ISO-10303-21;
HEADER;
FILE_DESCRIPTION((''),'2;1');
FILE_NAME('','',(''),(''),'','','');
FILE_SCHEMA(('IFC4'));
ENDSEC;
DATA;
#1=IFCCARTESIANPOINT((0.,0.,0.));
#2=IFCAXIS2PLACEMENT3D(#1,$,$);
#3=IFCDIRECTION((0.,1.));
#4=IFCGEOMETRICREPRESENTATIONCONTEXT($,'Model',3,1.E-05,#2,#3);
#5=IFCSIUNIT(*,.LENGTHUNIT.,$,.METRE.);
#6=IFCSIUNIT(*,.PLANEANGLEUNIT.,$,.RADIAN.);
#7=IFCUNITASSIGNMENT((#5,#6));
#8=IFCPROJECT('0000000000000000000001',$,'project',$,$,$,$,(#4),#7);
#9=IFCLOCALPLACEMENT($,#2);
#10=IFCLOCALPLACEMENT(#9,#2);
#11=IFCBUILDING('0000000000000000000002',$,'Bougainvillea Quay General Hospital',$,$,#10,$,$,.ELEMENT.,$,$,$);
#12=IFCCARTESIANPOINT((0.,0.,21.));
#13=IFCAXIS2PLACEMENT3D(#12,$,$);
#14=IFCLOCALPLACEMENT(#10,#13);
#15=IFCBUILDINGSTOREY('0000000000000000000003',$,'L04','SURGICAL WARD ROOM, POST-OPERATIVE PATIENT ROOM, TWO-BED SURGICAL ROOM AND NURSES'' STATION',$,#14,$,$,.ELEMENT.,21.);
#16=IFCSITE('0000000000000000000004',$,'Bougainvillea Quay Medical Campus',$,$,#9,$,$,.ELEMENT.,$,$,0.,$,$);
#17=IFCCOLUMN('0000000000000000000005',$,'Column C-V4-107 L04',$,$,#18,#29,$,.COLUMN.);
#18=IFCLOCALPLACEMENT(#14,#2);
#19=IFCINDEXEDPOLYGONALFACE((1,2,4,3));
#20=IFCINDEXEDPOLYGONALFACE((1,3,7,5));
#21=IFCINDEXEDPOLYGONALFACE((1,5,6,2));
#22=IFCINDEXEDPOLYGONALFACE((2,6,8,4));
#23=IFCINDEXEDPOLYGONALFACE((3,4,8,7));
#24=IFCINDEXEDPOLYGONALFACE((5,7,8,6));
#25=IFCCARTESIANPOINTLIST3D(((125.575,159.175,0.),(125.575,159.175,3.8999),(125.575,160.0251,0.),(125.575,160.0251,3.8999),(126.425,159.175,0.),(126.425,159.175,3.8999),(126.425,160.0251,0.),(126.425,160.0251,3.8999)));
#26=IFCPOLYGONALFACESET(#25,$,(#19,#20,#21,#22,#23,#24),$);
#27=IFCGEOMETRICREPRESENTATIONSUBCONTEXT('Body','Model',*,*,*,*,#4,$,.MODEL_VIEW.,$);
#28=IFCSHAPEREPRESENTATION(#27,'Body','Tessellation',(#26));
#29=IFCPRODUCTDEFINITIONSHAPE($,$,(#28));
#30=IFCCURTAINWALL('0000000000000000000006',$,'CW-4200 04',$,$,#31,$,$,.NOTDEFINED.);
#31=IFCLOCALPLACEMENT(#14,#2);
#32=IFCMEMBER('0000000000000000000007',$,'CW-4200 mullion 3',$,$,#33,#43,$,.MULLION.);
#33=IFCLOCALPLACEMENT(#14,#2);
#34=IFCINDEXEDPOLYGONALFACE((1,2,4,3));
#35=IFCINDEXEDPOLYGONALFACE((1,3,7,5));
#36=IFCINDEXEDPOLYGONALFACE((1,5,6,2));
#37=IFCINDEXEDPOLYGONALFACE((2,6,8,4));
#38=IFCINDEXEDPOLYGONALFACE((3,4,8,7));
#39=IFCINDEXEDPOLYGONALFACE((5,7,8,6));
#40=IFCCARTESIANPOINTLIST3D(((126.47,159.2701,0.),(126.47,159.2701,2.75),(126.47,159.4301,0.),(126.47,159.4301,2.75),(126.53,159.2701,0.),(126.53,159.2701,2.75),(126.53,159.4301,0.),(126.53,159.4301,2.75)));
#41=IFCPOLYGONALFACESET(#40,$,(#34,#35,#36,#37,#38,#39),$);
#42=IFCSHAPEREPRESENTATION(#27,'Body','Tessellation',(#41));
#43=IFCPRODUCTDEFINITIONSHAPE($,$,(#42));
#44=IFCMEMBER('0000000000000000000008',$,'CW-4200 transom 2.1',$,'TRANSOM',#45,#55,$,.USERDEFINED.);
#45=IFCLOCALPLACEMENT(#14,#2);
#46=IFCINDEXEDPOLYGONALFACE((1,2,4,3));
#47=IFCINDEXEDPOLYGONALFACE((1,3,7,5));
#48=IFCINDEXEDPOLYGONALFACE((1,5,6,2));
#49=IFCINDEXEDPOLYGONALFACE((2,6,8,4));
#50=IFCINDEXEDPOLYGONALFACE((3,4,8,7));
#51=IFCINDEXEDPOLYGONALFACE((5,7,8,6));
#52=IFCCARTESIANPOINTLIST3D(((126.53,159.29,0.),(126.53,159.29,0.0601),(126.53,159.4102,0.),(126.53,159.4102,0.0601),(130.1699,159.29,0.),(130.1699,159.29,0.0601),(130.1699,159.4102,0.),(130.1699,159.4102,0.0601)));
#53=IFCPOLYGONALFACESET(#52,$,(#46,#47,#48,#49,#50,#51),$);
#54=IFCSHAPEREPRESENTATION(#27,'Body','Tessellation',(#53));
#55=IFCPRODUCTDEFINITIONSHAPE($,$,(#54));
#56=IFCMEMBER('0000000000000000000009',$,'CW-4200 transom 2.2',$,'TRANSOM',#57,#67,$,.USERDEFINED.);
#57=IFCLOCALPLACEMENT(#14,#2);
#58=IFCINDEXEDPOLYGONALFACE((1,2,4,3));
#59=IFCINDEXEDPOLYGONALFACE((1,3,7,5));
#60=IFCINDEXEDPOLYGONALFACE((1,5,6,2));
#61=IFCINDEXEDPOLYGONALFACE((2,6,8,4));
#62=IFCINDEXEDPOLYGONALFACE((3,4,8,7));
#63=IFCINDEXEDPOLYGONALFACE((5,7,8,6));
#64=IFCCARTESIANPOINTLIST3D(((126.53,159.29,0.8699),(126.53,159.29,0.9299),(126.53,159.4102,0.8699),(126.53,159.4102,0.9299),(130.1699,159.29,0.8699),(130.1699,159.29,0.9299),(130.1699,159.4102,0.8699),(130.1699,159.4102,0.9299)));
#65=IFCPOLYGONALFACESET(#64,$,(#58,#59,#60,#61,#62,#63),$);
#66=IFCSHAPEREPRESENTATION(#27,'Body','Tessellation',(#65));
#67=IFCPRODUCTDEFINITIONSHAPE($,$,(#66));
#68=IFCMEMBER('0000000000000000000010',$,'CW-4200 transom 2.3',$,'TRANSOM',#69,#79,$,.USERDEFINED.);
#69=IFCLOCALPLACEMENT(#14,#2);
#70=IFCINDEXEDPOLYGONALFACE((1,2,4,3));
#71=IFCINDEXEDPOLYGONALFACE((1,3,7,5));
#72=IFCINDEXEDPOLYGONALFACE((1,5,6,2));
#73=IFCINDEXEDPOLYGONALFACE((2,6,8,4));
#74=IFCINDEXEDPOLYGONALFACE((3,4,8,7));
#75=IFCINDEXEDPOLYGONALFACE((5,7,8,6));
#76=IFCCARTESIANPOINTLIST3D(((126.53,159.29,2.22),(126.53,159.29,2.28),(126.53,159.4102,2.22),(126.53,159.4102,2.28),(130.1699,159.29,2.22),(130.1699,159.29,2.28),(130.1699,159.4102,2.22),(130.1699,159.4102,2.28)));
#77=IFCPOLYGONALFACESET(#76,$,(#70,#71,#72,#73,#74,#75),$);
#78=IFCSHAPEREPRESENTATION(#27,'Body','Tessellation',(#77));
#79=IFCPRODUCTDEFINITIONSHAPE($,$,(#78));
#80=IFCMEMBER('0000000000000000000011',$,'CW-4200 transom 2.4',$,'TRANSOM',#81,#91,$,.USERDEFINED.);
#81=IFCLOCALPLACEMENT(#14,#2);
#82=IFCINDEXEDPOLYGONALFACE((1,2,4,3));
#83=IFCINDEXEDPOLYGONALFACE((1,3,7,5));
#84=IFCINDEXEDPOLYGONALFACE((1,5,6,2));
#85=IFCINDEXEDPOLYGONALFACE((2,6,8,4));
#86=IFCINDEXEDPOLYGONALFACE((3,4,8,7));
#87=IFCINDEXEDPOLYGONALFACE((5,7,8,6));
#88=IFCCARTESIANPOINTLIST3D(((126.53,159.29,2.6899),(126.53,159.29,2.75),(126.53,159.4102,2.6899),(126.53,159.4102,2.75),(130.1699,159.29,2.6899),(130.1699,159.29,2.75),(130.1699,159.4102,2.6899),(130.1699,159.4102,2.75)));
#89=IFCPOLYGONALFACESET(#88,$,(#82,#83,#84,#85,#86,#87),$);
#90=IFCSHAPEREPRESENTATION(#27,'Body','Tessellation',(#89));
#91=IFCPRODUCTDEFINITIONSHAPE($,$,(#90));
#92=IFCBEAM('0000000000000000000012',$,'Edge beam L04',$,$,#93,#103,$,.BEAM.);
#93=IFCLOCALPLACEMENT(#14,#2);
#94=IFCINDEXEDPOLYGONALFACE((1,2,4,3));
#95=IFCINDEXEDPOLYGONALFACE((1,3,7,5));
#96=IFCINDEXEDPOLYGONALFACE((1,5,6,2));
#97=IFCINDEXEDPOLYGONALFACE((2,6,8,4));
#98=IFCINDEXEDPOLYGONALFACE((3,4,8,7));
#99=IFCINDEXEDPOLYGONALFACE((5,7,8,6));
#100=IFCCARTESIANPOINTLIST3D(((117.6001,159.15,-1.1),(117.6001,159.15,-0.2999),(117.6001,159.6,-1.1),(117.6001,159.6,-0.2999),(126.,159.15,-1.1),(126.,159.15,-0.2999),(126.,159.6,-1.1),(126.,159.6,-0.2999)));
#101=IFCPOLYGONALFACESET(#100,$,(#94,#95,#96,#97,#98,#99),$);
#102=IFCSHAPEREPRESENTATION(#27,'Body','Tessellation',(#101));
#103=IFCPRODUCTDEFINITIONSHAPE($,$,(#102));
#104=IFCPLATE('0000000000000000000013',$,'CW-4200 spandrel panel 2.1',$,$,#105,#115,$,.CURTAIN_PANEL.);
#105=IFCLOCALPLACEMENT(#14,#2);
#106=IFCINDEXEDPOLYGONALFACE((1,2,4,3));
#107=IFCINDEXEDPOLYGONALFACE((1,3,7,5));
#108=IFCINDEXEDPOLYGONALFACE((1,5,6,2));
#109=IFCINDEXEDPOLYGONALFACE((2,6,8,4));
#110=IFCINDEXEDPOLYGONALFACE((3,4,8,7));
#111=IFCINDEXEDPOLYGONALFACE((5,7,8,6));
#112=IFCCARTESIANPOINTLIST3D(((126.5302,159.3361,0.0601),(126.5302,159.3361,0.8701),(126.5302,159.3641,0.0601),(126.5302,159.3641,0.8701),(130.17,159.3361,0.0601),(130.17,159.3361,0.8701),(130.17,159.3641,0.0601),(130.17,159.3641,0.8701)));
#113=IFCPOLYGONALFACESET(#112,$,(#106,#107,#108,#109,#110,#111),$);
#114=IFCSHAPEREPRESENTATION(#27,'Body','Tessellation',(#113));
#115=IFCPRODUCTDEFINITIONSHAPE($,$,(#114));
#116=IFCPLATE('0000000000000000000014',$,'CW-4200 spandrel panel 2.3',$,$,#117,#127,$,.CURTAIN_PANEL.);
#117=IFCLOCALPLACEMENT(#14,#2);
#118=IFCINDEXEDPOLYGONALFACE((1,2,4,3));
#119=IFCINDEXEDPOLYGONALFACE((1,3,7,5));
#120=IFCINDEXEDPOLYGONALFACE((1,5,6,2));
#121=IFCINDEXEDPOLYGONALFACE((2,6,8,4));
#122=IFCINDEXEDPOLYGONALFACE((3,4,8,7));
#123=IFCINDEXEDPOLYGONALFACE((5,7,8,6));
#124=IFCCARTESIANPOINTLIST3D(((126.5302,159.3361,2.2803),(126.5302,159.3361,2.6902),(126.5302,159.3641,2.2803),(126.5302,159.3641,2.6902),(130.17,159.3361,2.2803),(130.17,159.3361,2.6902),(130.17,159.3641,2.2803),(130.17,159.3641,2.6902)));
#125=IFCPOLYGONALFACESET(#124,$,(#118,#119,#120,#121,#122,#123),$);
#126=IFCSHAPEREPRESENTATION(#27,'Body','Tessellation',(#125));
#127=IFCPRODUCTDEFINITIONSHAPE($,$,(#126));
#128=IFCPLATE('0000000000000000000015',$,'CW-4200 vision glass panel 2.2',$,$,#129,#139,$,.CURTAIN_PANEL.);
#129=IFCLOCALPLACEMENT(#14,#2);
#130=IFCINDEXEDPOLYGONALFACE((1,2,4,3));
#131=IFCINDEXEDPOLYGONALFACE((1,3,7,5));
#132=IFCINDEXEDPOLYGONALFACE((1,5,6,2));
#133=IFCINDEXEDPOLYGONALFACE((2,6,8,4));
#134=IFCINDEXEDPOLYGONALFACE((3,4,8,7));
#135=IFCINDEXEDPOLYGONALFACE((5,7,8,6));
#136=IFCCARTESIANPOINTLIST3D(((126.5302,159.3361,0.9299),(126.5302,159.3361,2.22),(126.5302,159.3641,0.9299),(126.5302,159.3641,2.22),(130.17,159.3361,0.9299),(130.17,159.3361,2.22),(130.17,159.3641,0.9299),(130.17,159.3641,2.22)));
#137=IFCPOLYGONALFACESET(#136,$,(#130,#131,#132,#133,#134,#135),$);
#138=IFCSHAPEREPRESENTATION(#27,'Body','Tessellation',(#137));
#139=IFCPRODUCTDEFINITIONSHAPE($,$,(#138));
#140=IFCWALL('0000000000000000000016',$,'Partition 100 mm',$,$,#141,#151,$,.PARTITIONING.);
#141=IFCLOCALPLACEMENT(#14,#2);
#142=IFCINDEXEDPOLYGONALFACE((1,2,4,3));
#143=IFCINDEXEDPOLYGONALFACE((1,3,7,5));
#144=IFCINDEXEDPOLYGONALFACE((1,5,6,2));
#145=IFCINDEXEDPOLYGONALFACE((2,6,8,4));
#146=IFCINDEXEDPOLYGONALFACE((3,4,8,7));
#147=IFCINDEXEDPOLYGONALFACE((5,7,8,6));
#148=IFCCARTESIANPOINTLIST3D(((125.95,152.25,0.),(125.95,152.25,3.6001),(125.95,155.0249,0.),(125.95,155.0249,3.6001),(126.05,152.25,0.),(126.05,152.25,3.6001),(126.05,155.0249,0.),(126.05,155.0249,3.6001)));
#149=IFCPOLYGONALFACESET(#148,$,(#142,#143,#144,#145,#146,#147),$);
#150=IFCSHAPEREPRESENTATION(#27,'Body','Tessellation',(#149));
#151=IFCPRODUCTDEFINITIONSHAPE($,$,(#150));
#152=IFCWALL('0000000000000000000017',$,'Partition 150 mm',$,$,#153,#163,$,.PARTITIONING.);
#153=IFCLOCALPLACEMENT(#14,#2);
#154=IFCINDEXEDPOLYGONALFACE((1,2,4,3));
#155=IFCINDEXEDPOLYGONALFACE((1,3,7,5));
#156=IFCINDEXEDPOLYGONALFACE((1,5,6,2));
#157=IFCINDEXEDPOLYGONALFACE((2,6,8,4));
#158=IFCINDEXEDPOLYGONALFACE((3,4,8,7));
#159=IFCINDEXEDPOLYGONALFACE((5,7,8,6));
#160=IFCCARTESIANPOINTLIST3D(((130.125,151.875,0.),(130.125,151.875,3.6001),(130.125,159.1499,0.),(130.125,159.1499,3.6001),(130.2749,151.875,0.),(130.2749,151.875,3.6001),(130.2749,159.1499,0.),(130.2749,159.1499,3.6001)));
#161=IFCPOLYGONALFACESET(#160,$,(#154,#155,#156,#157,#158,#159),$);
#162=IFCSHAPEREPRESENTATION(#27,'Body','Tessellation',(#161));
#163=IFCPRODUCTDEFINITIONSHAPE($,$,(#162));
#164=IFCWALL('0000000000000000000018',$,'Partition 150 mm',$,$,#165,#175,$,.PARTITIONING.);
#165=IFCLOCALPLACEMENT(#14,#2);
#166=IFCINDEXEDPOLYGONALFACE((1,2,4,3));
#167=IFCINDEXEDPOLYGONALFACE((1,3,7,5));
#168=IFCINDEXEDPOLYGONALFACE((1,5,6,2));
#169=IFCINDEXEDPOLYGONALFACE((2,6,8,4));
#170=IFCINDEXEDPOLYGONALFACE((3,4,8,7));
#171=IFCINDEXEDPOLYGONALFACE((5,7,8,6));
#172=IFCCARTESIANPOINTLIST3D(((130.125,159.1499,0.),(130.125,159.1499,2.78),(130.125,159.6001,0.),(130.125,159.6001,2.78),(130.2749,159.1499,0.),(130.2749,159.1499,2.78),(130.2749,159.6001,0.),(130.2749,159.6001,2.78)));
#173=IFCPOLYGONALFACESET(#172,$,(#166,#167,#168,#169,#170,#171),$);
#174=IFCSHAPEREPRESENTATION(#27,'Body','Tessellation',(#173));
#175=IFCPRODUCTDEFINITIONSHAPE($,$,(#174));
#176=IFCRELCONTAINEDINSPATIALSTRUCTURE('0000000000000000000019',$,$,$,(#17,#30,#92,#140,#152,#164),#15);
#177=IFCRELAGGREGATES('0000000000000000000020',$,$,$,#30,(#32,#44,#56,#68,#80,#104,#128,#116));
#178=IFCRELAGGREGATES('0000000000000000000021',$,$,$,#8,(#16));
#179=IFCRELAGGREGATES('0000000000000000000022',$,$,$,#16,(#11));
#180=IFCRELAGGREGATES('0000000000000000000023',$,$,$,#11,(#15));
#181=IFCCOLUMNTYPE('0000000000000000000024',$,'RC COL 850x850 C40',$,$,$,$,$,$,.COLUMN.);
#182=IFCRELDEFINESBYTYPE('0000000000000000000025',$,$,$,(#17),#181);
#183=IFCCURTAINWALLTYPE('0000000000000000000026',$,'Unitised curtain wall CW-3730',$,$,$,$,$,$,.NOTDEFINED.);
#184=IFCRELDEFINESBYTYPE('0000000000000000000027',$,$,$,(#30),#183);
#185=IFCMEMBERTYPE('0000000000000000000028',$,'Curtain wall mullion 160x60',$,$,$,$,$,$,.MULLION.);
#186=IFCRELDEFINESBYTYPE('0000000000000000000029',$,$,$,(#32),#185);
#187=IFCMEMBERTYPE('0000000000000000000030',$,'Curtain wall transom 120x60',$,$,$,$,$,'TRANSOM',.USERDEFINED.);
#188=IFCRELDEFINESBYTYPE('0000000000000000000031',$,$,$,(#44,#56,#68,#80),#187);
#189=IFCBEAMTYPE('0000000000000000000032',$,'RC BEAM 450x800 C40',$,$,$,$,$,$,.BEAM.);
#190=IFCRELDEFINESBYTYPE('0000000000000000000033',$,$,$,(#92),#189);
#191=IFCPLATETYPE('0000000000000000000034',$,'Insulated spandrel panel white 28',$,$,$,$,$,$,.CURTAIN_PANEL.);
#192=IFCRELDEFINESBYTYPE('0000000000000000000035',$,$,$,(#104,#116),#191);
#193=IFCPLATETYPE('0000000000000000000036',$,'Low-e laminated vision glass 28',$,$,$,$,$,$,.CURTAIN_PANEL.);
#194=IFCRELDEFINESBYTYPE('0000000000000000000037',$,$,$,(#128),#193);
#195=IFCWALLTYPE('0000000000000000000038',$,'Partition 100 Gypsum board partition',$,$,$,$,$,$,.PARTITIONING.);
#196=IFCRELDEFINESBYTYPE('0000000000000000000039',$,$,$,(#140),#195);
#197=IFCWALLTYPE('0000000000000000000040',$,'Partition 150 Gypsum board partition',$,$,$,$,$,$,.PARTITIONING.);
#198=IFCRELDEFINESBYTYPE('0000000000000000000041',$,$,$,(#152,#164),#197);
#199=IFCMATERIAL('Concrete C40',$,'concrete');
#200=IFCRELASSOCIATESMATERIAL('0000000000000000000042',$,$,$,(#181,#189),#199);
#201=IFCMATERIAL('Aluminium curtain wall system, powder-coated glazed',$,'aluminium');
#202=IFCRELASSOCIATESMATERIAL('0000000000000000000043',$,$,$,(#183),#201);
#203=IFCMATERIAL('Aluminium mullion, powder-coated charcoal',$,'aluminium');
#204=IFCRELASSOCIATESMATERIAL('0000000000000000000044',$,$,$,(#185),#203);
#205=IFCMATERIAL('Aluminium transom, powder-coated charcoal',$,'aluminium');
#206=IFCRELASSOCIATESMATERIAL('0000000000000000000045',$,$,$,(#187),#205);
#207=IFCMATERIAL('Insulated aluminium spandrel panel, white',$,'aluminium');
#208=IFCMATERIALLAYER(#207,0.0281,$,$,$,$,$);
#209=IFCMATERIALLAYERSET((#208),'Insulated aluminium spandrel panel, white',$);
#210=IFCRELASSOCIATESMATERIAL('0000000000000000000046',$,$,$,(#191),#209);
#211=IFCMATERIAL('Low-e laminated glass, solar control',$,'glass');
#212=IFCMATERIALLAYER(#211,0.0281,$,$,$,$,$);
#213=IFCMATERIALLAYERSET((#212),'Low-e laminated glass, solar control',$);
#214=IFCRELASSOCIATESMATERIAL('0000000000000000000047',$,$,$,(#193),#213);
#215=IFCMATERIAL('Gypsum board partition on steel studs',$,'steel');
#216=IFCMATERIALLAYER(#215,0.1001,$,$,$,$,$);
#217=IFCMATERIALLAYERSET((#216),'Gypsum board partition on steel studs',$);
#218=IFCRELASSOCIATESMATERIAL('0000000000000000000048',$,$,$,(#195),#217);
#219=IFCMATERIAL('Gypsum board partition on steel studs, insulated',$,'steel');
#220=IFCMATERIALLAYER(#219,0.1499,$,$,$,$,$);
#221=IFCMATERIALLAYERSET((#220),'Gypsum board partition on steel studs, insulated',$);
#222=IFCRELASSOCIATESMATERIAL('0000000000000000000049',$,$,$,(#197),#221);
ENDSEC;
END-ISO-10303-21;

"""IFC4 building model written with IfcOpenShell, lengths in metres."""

from ifc_helpers import new_model, si_unit, direction, frame, frame_2d, origin, origin_2d, place, context, subcontext, project, spatial, rectangle, extrude, material, layer, layer_set, material_profile, profile_set, type_object, element, aggregate, save


model = new_model("IFC4")

# Units and contexts
model_context = context("Model", 3, precision=1e-05, world=origin(), true_north=direction((0.0, 1.0)))
body_context = subcontext(model_context, "Body", "Model", "MODEL_VIEW")
ifc_project = project(units=[si_unit("LENGTHUNIT", "METRE"), si_unit("PLANEANGLEUNIT", "RADIAN")], contexts=[model_context])

# Site, building, storey
site_placement = place(None, origin())
site = spatial("IfcSite", under=ifc_project, at=site_placement, Name="Bougainvillea Quay Medical Campus", CompositionType="ELEMENT", RefElevation=0.0)
building_placement = place(site_placement, origin())
building = spatial("IfcBuilding", under=site, at=building_placement, Name="Bougainvillea Quay General Hospital", CompositionType="ELEMENT")
storey_placement = place(building_placement, frame((0.0, 0.0, 21.0)))
storey = spatial("IfcBuildingStorey", under=building, at=storey_placement, Name="L04", Description="SURGICAL WARD ROOM, POST-OPERATIVE PATIENT ROOM, TWO-BED SURGICAL ROOM AND NURSES' STATION", CompositionType="ELEMENT", Elevation=21.0)

# Column
ifc_material_1 = material(Name="Concrete C40", Category="concrete")
ifc_material_profile_1 = material_profile(ifc_material_1, rectangle(XDim=0.8501, YDim=0.8501, at=origin_2d()))
ifc_profile_set_1 = profile_set([ifc_material_profile_1], Name="Concrete C40")
column_type = type_object("IfcColumnType", Name="RC COL 850x850 C40", PredefinedType="COLUMN", material=ifc_profile_set_1)
column_placement = place(storey_placement, frame((126.0, 159.6001, 0.0), z_axis=(0.0, 0.0, 1.0), x_axis=(1.0, 0.0, 0.0)))
element("IfcColumn", 1, at=column_placement, inside=storey, type_object=column_type, Name="Column C-V4-107 L04", PredefinedType="COLUMN", context=body_context, shape_type="SweptSolid", body=[
    extrude(rectangle(XDim=0.8501, YDim=0.8501, at=origin_2d()), origin(), (0.0, 0.0, 1.0), 3.8999),
])

# Curtain wall, members
ifc_material_2 = material(Name="Aluminium curtain wall system, powder-coated glazed", Category="aluminium")
curtain_wall_type = type_object("IfcCurtainWallType", Name="Unitised curtain wall CW-3730", PredefinedType="NOTDEFINED", material=ifc_material_2)
curtain_wall_placement = place(storey_placement, origin())
curtain_wall = element("IfcCurtainWall", 2, at=curtain_wall_placement, inside=storey, type_object=curtain_wall_type, Name="CW-4200 04", PredefinedType="NOTDEFINED")
ifc_material_3 = material(Name="Aluminium mullion, powder-coated charcoal", Category="aluminium")
ifc_material_profile_2 = material_profile(ifc_material_3, rectangle(XDim=0.1599, YDim=0.0601, at=origin_2d()))
ifc_profile_set_2 = profile_set([ifc_material_profile_2], Name="Aluminium mullion, powder-coated charcoal")
member_type_1 = type_object("IfcMemberType", Name="Curtain wall mullion 160x60", PredefinedType="MULLION", material=ifc_profile_set_2)
member_1_placement = place(storey_placement, frame((126.5, 159.3501, 0.0), z_axis=(0.0, 0.0, 1.0), x_axis=(0.0, -1.0, 0.0)))
member_1 = element("IfcMember", 3, at=member_1_placement, type_object=member_type_1, Name="CW-4200 mullion 3", PredefinedType="MULLION", context=body_context, shape_type="SweptSolid", body=[
    extrude(rectangle(XDim=0.1599, YDim=0.0601, at=origin_2d()), origin(), (0.0, 0.0, 1.0), 2.75),
])
ifc_material_4 = material(Name="Aluminium transom, powder-coated charcoal", Category="aluminium")
ifc_material_profile_3 = material_profile(ifc_material_4, rectangle(XDim=0.1201, YDim=0.0601, at=origin_2d()))
ifc_profile_set_3 = profile_set([ifc_material_profile_3], Name="Aluminium transom, powder-coated charcoal")
member_type_2 = type_object("IfcMemberType", Name="Curtain wall transom 120x60", ElementType="TRANSOM", PredefinedType="USERDEFINED", material=ifc_profile_set_3)
member_2_placement = place(storey_placement, frame((130.1699, 159.3501, 0.03), z_axis=(-1.0, 0.0, 0.0), x_axis=(0.0, -1.0, 0.0)))
member_2 = element("IfcMember", 4, at=member_2_placement, type_object=member_type_2, Name="CW-4200 transom 2.1", ObjectType="TRANSOM", PredefinedType="USERDEFINED", context=body_context, shape_type="SweptSolid", body=[
    extrude(rectangle(XDim=0.1201, YDim=0.0601, at=origin_2d()), origin(), (0.0, 0.0, 1.0), 3.6399),
])
member_3_placement = place(storey_placement, frame((130.1699, 159.3501, 0.8999), z_axis=(-1.0, 0.0, 0.0), x_axis=(0.0, -1.0, 0.0)))
member_3 = element("IfcMember", 5, at=member_3_placement, type_object=member_type_2, Name="CW-4200 transom 2.2", ObjectType="TRANSOM", PredefinedType="USERDEFINED", context=body_context, shape_type="SweptSolid", body=[
    extrude(rectangle(XDim=0.1201, YDim=0.0601, at=origin_2d()), origin(), (0.0, 0.0, 1.0), 3.6399),
])
member_4_placement = place(storey_placement, frame((130.1699, 159.3501, 2.25), z_axis=(-1.0, 0.0, 0.0), x_axis=(0.0, -1.0, 0.0)))
member_4 = element("IfcMember", 6, at=member_4_placement, type_object=member_type_2, Name="CW-4200 transom 2.3", ObjectType="TRANSOM", PredefinedType="USERDEFINED", context=body_context, shape_type="SweptSolid", body=[
    extrude(rectangle(XDim=0.1201, YDim=0.0601, at=origin_2d()), origin(), (0.0, 0.0, 1.0), 3.6399),
])
member_5_placement = place(storey_placement, frame((130.1699, 159.3501, 2.72), z_axis=(-1.0, 0.0, 0.0), x_axis=(0.0, -1.0, 0.0)))
member_5 = element("IfcMember", 7, at=member_5_placement, type_object=member_type_2, Name="CW-4200 transom 2.4", ObjectType="TRANSOM", PredefinedType="USERDEFINED", context=body_context, shape_type="SweptSolid", body=[
    extrude(rectangle(XDim=0.1201, YDim=0.0601, at=origin_2d()), origin(), (0.0, 0.0, 1.0), 3.6399),
])

# Beam
ifc_material_profile_4 = material_profile(ifc_material_1, rectangle(XDim=0.45, YDim=0.8, at=origin_2d()))
ifc_profile_set_4 = profile_set([ifc_material_profile_4], Name="Concrete C40")
beam_type = type_object("IfcBeamType", Name="RC BEAM 450x800 C40", PredefinedType="BEAM", material=ifc_profile_set_4)
beam_placement = place(storey_placement, frame((126.0, 159.375, -0.7), z_axis=(-1.0, 0.0, 0.0), x_axis=(0.0, -1.0, 0.0)))
element("IfcBeam", 8, at=beam_placement, inside=storey, type_object=beam_type, Name="Edge beam L04", PredefinedType="BEAM", context=body_context, shape_type="SweptSolid", body=[
    extrude(rectangle(XDim=0.45, YDim=0.8, at=origin_2d()), origin(), (0.0, 0.0, 1.0), 8.3999),
])

# Plates
ifc_material_5 = material(Name="Insulated aluminium spandrel panel, white", Category="aluminium")
ifc_layer_1 = layer(ifc_material_5, 0.0281)
ifc_layer_set_1 = layer_set([ifc_layer_1], Name="Insulated aluminium spandrel panel, white")
plate_type_1 = type_object("IfcPlateType", Name="Insulated spandrel panel white 28", PredefinedType="CURTAIN_PANEL", material=ifc_layer_set_1)
plate_1_placement = place(storey_placement, frame((128.3501, 159.3501, 0.0601), z_axis=(0.0, 0.0, 1.0), x_axis=(-1.0, 0.0, 0.0)))
plate_1 = element("IfcPlate", 9, at=plate_1_placement, type_object=plate_type_1, Name="CW-4200 spandrel panel 2.1", PredefinedType="CURTAIN_PANEL", context=body_context, shape_type="SweptSolid", body=[
    extrude(rectangle(XDim=3.6399, YDim=0.0281, at=origin_2d()), origin(), (0.0, 0.0, 1.0), 0.8101),
])
plate_2_placement = place(storey_placement, frame((128.3501, 159.3501, 2.2803), z_axis=(0.0, 0.0, 1.0), x_axis=(-1.0, 0.0, 0.0)))
plate_2 = element("IfcPlate", 10, at=plate_2_placement, type_object=plate_type_1, Name="CW-4200 spandrel panel 2.3", PredefinedType="CURTAIN_PANEL", context=body_context, shape_type="SweptSolid", body=[
    extrude(rectangle(XDim=3.6399, YDim=0.0281, at=origin_2d()), origin(), (0.0, 0.0, 1.0), 0.4099),
])
ifc_material_6 = material(Name="Low-e laminated glass, solar control", Category="glass")
ifc_layer_2 = layer(ifc_material_6, 0.0281)
ifc_layer_set_2 = layer_set([ifc_layer_2], Name="Low-e laminated glass, solar control")
plate_type_2 = type_object("IfcPlateType", Name="Low-e laminated vision glass 28", PredefinedType="CURTAIN_PANEL", material=ifc_layer_set_2)
plate_3_placement = place(storey_placement, frame((128.3501, 159.3501, 0.9299), z_axis=(0.0, 0.0, 1.0), x_axis=(-1.0, 0.0, 0.0)))
plate_3 = element("IfcPlate", 11, at=plate_3_placement, type_object=plate_type_2, Name="CW-4200 vision glass panel 2.2", PredefinedType="CURTAIN_PANEL", context=body_context, shape_type="SweptSolid", body=[
    extrude(rectangle(XDim=3.6399, YDim=0.0281, at=origin_2d()), origin(), (0.0, 0.0, 1.0), 1.29),
])
aggregate(curtain_wall, [member_1, member_2, member_3, member_4, member_5, plate_1, plate_3, plate_2])

# Walls
ifc_material_7 = material(Name="Gypsum board partition on steel studs", Category="steel")
ifc_layer_3 = layer(ifc_material_7, 0.1001)
ifc_layer_set_3 = layer_set([ifc_layer_3], Name="Gypsum board partition on steel studs")
wall_type_1 = type_object("IfcWallType", Name="Partition 100 Gypsum board partition", PredefinedType="PARTITIONING", material=ifc_layer_set_3)
wall_1_placement = place(storey_placement, frame((126.0, 152.25, 0.0), z_axis=(0.0, 0.0, 1.0), x_axis=(0.0, 1.0, 0.0)))
element("IfcWall", 12, at=wall_1_placement, inside=storey, type_object=wall_type_1, Name="Partition 100 mm", PredefinedType="PARTITIONING", context=body_context, shape_type="SweptSolid", body=[
    extrude(rectangle(XDim=2.7749, YDim=0.1001, at=frame_2d((1.3875, 0.0))), origin(), (0.0, 0.0, 1.0), 3.6001),
])
ifc_material_8 = material(Name="Gypsum board partition on steel studs, insulated", Category="steel")
ifc_layer_4 = layer(ifc_material_8, 0.1499)
ifc_layer_set_4 = layer_set([ifc_layer_4], Name="Gypsum board partition on steel studs, insulated")
wall_type_2 = type_object("IfcWallType", Name="Partition 150 Gypsum board partition", PredefinedType="PARTITIONING", material=ifc_layer_set_4)
wall_2_placement = place(storey_placement, frame((130.2, 151.875, 0.0), z_axis=(0.0, 0.0, 1.0), x_axis=(0.0, 1.0, 0.0)))
element("IfcWall", 13, at=wall_2_placement, inside=storey, type_object=wall_type_2, Name="Partition 150 mm", PredefinedType="PARTITIONING", context=body_context, shape_type="SweptSolid", body=[
    extrude(rectangle(XDim=7.2749, YDim=0.1499, at=frame_2d((3.6375, 0.0))), origin(), (0.0, 0.0, 1.0), 3.6001),
])
wall_3_placement = place(storey_placement, frame((130.2, 159.1499, 0.0), z_axis=(0.0, 0.0, 1.0), x_axis=(0.0, 1.0, 0.0)))
element("IfcWall", 14, at=wall_3_placement, inside=storey, type_object=wall_type_2, Name="Partition 150 mm", PredefinedType="PARTITIONING", context=body_context, shape_type="SweptSolid", body=[
    extrude(rectangle(XDim=0.4502, YDim=0.1499, at=frame_2d((0.2251, 0.0))), origin(), (0.0, 0.0, 1.0), 2.78),
])

save(model, "model.ifc")
